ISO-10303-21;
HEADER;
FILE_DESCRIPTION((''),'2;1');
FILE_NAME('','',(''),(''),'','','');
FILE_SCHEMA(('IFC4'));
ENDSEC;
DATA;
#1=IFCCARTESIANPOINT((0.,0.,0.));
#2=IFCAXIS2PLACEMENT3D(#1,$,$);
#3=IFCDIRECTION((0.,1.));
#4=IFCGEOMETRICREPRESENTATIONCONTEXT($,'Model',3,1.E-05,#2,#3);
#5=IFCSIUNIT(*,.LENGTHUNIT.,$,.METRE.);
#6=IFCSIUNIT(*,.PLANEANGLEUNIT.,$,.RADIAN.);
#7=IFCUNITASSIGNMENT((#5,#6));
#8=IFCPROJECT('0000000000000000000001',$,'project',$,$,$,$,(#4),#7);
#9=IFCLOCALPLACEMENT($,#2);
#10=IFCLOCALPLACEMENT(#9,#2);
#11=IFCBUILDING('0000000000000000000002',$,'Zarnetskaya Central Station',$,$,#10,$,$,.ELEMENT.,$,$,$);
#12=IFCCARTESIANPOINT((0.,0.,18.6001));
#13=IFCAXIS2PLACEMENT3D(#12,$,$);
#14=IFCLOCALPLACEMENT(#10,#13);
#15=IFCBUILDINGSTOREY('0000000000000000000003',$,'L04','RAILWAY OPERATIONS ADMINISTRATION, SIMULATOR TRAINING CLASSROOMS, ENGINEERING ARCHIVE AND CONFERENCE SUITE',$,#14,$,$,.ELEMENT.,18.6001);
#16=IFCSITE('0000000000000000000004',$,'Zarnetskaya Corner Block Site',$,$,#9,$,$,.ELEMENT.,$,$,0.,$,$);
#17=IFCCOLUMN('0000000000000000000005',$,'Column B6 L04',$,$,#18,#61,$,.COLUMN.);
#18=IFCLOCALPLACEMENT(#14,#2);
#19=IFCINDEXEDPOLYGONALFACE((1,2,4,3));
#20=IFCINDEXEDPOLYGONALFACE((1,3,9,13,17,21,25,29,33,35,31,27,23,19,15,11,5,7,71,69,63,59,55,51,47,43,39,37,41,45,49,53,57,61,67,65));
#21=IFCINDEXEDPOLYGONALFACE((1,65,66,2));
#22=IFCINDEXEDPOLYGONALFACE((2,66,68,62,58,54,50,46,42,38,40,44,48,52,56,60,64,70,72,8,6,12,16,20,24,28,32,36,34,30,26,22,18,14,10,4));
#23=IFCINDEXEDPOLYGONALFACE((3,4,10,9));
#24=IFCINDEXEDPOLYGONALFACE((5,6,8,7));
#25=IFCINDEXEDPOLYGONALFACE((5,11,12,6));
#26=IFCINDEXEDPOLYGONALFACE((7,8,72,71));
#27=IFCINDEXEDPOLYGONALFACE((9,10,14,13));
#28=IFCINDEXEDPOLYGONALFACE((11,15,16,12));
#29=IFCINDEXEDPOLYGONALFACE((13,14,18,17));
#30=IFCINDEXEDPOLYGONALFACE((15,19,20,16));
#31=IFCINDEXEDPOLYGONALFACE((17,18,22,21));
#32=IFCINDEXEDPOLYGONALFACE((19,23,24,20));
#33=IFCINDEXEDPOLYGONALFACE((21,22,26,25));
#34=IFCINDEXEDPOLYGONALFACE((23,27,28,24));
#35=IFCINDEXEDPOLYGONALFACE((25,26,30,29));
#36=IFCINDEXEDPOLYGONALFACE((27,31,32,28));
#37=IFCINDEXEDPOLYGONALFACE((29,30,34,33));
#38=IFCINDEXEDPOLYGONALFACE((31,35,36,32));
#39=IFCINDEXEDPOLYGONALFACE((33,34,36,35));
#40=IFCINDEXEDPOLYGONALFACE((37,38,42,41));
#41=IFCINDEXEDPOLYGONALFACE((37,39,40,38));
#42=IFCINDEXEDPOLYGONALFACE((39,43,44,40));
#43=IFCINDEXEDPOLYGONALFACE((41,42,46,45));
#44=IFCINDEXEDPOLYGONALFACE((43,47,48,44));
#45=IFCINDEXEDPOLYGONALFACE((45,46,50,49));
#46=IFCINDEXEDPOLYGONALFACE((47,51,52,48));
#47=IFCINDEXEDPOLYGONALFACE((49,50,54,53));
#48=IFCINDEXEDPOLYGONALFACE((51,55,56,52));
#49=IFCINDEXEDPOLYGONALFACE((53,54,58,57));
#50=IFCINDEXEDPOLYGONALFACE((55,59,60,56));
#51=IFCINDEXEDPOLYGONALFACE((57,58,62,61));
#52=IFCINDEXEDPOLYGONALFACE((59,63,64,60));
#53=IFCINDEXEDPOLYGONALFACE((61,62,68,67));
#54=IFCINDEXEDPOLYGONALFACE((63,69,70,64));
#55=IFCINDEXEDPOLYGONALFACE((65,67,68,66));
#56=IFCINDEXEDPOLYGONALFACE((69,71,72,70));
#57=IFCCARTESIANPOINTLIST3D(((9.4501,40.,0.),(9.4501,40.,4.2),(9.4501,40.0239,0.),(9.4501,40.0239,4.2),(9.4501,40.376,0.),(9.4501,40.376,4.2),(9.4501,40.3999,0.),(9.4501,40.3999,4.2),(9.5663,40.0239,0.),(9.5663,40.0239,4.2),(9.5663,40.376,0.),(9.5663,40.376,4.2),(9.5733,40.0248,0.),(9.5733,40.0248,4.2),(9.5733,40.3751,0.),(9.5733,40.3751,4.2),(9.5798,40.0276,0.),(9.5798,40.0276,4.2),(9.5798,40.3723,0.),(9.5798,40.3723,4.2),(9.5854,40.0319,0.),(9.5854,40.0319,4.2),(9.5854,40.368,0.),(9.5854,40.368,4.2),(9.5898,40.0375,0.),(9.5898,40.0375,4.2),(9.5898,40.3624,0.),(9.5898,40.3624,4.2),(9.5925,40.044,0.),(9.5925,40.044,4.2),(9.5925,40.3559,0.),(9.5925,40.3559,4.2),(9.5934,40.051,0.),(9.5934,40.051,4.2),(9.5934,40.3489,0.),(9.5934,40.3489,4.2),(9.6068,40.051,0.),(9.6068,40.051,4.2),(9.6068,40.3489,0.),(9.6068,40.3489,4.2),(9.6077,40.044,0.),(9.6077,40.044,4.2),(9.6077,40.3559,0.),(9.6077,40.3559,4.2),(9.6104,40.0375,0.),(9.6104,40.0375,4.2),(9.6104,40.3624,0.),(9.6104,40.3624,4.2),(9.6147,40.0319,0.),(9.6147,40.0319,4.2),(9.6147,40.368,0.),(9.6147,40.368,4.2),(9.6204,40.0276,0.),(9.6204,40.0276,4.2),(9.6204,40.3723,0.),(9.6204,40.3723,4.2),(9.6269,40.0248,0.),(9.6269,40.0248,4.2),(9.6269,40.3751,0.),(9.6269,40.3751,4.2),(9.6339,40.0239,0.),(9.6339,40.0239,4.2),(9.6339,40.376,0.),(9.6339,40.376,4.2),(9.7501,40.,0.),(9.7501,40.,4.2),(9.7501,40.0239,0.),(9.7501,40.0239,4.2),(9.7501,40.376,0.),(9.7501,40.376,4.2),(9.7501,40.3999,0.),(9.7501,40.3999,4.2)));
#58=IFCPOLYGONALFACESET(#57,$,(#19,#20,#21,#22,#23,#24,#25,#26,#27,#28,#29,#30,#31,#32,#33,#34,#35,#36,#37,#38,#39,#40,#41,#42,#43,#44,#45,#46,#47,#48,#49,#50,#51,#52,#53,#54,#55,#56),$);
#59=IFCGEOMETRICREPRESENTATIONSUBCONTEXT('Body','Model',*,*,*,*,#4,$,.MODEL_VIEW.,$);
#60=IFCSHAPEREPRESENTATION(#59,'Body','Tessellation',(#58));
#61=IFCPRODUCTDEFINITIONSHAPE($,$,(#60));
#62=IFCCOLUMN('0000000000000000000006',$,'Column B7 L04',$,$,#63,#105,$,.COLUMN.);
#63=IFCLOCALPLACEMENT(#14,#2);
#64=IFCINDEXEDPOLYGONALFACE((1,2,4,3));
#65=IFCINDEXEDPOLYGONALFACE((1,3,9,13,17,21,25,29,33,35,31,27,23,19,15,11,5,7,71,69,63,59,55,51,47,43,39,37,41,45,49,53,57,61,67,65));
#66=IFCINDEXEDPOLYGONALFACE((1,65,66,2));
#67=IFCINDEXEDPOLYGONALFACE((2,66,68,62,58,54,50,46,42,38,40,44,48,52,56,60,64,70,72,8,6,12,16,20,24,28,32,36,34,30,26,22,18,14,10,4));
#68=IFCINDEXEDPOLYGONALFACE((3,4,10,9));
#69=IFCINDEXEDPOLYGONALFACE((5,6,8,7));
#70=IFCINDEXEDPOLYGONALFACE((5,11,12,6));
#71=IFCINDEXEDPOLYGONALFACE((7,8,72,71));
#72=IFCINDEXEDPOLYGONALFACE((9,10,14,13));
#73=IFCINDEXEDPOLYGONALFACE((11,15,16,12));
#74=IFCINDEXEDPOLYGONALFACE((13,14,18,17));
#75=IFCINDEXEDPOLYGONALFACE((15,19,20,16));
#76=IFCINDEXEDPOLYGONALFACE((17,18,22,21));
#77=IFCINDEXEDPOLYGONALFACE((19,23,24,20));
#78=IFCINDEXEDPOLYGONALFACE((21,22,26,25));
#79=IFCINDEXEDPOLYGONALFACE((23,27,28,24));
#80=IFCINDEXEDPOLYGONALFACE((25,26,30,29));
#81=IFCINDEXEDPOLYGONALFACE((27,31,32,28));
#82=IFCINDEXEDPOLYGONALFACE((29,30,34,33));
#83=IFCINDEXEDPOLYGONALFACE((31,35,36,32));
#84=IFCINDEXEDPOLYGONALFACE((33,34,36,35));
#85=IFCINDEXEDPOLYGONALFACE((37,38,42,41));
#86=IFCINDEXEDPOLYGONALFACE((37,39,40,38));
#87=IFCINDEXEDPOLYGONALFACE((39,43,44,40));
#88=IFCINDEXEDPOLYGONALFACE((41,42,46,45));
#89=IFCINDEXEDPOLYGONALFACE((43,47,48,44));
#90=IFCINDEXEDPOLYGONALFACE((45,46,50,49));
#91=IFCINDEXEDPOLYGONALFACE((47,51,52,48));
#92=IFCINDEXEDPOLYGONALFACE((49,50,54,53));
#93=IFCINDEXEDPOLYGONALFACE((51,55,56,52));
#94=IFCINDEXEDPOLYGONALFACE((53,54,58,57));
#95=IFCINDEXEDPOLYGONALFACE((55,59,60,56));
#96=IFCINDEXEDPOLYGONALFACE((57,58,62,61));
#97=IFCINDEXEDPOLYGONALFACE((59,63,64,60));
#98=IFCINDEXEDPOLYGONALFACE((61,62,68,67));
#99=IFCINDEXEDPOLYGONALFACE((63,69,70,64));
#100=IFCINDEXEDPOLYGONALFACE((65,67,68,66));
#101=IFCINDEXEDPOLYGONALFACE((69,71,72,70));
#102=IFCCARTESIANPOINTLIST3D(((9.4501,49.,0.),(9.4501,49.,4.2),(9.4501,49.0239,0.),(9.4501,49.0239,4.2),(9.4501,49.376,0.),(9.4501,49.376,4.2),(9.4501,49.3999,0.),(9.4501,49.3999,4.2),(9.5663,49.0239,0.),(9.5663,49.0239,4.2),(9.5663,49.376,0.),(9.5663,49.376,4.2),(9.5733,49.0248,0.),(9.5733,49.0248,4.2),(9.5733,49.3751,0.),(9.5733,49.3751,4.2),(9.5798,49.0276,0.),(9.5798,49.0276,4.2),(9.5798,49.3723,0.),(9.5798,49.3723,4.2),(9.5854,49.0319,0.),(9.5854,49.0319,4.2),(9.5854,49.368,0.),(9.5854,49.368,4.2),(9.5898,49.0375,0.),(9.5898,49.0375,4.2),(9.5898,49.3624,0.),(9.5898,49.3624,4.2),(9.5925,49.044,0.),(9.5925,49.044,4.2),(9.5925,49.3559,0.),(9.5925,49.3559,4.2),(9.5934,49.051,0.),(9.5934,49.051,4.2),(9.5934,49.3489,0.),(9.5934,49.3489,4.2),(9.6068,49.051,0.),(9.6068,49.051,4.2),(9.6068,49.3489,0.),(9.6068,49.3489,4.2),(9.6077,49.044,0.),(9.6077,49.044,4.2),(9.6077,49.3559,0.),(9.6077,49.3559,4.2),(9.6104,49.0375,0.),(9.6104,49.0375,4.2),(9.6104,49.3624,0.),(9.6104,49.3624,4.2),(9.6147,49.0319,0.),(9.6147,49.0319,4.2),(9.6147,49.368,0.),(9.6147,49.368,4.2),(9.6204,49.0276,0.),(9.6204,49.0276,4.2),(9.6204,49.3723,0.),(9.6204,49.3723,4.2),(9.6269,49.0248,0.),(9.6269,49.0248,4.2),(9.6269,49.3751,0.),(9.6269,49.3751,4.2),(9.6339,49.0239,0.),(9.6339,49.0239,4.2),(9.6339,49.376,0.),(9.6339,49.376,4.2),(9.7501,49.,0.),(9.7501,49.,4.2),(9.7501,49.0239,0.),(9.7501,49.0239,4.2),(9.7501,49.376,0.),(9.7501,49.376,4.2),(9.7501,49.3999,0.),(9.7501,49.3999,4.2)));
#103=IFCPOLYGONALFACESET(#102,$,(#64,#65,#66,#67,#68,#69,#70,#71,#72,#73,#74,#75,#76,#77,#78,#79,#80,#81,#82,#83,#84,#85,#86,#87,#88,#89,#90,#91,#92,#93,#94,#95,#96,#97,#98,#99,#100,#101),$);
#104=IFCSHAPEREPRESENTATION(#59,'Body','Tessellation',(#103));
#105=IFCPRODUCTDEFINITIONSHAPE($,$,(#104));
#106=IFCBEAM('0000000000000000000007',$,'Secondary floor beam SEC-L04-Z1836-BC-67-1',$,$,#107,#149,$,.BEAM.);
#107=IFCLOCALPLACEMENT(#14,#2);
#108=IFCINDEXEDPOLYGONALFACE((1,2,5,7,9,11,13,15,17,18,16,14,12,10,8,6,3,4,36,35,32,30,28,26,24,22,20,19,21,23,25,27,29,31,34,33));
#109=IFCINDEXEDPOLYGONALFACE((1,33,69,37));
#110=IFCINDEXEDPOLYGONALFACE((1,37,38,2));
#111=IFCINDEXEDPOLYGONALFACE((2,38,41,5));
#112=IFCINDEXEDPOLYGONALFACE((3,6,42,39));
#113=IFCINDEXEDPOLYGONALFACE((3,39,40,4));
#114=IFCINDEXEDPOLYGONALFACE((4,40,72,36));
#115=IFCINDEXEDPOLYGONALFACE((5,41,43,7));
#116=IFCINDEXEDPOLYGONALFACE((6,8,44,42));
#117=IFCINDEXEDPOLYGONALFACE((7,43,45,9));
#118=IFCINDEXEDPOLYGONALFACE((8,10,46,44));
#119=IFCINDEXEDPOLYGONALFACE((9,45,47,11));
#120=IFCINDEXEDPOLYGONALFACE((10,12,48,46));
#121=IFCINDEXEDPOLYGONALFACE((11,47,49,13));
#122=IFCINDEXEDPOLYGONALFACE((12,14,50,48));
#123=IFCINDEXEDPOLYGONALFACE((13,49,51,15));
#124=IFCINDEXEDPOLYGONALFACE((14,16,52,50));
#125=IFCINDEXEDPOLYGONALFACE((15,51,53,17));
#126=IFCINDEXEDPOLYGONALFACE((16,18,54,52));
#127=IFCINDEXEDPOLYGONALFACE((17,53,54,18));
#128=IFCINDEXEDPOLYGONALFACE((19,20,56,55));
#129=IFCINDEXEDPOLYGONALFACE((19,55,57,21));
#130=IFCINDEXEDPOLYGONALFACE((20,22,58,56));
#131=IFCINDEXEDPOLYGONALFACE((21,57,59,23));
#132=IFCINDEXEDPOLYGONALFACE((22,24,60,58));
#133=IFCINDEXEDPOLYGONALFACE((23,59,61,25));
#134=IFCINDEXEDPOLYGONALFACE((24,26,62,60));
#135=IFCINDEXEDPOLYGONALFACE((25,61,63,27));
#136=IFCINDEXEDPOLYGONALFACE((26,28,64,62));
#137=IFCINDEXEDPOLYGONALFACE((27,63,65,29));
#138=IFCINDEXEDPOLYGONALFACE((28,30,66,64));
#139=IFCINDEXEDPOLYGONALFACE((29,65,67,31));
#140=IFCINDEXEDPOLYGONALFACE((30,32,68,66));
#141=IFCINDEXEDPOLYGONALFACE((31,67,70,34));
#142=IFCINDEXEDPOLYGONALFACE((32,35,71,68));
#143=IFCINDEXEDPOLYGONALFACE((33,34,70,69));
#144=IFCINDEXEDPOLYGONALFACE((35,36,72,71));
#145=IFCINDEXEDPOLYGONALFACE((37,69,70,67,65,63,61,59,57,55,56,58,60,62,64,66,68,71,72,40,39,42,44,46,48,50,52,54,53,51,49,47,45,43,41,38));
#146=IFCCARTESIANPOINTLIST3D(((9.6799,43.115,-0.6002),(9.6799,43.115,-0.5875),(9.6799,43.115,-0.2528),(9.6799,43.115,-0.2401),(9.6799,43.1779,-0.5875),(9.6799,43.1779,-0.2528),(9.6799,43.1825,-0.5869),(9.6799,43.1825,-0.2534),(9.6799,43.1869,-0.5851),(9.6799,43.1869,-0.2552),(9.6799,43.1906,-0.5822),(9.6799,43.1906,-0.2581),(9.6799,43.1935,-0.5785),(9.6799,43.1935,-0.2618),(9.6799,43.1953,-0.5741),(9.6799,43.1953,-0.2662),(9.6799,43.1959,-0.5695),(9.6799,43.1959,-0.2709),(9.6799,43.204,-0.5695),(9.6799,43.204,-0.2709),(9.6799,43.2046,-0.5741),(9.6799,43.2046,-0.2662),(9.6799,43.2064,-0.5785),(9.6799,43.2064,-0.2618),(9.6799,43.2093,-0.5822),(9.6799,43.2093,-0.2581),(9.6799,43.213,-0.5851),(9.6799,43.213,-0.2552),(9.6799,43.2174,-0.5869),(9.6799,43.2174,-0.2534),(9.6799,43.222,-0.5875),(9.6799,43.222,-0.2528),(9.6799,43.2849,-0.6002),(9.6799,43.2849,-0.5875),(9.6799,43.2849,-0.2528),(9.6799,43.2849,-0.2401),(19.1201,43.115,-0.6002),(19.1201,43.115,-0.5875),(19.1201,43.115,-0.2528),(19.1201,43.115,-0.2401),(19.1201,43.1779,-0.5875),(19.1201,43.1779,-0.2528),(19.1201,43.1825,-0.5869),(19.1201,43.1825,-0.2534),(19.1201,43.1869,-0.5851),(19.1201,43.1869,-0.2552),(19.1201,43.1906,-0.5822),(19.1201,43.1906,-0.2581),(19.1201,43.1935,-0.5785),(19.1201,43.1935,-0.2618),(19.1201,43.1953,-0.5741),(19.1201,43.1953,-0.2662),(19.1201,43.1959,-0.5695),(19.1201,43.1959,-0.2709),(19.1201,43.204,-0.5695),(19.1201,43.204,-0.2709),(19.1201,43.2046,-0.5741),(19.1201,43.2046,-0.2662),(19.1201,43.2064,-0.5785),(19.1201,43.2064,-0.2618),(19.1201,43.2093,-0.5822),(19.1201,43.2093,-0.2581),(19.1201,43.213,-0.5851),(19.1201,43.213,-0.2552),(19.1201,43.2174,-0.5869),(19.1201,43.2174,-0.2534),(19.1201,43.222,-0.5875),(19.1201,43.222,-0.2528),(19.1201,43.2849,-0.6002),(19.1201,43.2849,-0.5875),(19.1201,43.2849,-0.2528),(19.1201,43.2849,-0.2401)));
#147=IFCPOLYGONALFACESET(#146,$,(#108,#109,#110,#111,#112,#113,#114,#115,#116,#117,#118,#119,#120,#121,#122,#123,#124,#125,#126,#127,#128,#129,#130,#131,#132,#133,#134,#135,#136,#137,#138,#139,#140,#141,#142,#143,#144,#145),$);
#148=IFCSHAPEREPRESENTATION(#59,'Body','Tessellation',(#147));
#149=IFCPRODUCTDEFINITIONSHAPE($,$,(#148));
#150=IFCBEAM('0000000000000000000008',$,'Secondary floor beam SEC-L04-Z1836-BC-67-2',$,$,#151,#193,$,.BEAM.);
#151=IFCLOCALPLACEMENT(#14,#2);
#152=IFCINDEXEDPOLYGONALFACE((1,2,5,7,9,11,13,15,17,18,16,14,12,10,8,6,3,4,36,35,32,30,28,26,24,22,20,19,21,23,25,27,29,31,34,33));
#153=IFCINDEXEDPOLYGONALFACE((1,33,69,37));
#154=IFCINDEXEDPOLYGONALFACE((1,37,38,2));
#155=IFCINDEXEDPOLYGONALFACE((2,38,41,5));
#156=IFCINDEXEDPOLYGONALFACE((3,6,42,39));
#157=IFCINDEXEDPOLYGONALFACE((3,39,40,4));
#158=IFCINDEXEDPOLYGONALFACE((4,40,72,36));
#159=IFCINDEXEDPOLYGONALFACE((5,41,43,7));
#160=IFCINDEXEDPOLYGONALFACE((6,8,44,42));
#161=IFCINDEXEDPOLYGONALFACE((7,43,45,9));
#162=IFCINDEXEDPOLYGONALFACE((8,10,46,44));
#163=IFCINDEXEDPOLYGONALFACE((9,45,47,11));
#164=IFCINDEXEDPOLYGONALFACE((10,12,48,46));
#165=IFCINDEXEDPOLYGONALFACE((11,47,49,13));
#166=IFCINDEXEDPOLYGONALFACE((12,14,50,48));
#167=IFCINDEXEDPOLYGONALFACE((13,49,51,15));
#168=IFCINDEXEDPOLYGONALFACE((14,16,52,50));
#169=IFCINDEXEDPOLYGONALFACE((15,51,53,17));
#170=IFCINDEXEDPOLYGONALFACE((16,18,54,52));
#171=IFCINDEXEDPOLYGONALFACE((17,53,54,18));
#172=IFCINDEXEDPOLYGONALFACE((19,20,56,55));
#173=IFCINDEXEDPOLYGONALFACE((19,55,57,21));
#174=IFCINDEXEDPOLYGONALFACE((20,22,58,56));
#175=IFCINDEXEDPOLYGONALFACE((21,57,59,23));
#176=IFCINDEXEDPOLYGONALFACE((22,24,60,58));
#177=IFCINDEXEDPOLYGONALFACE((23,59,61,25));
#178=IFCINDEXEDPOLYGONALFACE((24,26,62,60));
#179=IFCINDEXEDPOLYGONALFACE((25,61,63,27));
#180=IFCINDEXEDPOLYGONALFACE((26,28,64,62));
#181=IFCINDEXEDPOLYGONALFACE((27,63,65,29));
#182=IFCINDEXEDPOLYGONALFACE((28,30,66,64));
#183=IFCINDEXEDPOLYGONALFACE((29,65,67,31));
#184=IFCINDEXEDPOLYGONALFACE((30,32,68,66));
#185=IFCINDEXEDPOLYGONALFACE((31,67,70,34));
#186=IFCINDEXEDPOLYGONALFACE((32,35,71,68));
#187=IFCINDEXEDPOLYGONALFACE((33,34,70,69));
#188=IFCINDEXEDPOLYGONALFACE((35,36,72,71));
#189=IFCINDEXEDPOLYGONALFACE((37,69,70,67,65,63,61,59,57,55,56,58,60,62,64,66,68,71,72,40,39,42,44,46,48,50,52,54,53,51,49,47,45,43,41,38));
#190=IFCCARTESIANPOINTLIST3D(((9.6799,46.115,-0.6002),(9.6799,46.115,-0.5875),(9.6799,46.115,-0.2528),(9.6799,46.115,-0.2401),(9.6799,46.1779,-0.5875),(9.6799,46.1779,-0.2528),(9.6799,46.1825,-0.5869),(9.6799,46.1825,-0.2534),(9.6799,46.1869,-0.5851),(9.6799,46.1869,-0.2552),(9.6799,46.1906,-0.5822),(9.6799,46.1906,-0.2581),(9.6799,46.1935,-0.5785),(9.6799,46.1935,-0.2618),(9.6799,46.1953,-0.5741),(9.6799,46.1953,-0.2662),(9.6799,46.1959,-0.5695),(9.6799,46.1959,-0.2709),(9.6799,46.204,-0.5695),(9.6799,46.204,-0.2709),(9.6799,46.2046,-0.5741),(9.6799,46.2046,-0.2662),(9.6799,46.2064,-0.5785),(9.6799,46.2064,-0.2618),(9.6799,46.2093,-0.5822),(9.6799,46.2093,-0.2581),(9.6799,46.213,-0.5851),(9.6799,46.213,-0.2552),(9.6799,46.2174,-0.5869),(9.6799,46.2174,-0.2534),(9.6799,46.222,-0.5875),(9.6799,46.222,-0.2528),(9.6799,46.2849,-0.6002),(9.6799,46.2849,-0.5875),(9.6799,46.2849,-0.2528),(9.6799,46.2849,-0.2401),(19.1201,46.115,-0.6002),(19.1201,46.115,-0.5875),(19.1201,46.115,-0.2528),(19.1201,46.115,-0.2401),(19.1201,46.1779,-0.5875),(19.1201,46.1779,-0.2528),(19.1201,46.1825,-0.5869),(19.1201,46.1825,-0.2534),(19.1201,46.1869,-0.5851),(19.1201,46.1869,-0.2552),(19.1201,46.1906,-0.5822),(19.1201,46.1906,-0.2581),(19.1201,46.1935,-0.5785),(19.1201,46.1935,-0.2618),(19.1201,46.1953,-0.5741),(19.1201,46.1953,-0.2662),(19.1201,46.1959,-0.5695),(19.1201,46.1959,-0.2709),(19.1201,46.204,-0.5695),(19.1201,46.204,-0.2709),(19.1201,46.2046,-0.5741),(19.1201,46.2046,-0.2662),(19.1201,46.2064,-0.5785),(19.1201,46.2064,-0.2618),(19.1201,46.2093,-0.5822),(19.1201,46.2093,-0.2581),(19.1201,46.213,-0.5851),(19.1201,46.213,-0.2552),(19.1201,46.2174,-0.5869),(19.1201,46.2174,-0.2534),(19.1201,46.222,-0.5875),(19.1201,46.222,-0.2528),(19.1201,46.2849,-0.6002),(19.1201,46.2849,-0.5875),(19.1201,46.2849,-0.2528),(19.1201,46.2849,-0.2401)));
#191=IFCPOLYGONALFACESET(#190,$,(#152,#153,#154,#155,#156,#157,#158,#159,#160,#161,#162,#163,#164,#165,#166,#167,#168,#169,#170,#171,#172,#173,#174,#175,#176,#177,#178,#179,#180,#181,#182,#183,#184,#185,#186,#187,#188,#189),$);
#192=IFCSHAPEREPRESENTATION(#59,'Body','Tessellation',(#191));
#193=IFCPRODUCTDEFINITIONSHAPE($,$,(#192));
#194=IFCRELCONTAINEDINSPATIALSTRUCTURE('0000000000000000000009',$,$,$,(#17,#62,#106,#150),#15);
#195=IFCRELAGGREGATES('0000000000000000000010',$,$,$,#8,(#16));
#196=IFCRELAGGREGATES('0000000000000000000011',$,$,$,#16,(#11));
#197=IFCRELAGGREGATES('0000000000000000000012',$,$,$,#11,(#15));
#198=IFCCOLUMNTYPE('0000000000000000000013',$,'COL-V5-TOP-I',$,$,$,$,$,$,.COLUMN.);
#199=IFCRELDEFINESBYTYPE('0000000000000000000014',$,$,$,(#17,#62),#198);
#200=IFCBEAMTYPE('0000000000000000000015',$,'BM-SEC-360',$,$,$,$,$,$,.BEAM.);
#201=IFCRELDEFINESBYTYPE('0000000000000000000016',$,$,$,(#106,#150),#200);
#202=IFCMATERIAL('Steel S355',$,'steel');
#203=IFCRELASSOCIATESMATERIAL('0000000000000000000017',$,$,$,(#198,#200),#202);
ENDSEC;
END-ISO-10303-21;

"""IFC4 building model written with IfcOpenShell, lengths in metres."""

from ifc_helpers import new_model, si_unit, direction, frame, origin, origin_2d, place, context, subcontext, project, spatial, i_section, extrude, material, material_profile, profile_set, type_object, element, save


model = new_model("IFC4")

# Units and contexts
model_context = context("Model", 3, precision=1e-05, world=origin(), true_north=direction((0.0, 1.0)))
body_context = subcontext(model_context, "Body", "Model", "MODEL_VIEW")
ifc_project = project(units=[si_unit("LENGTHUNIT", "METRE"), si_unit("PLANEANGLEUNIT", "RADIAN")], contexts=[model_context])

# Site, building, storey
site_placement = place(None, origin())
site = spatial("IfcSite", under=ifc_project, at=site_placement, Name="Zarnetskaya Corner Block Site", CompositionType="ELEMENT", RefElevation=0.0)
building_placement = place(site_placement, origin())
building = spatial("IfcBuilding", under=site, at=building_placement, Name="Zarnetskaya Central Station", CompositionType="ELEMENT")
storey_placement = place(building_placement, frame((0.0, 0.0, 18.6001)))
storey = spatial("IfcBuildingStorey", under=building, at=storey_placement, Name="L04", Description="RAILWAY OPERATIONS ADMINISTRATION, SIMULATOR TRAINING CLASSROOMS, ENGINEERING ARCHIVE AND CONFERENCE SUITE", CompositionType="ELEMENT", Elevation=18.6001)

# Columns
ifc_material_1 = material(Name="Steel S355", Category="steel")
ifc_material_profile_1 = material_profile(ifc_material_1, i_section(OverallWidth=0.3, OverallDepth=0.3999, WebThickness=0.0134, FlangeThickness=0.0239, FilletRadius=0.0271, at=origin_2d()), Name="HEB 400")
ifc_profile_set_1 = profile_set([ifc_material_profile_1], Name="Steel S355")
column_type = type_object("IfcColumnType", Name="COL-V5-TOP-I", PredefinedType="COLUMN", material=ifc_profile_set_1)
for number, where, z_axis, x_axis, name in (
    (1, (9.6001, 40.2, 0.0), (0.0, 0.0, 1.0), (1.0, 0.0, 0.0), "Column B6 L04"),
    (2, (9.6001, 49.2, 0.0), (0.0, 0.0, 1.0), (1.0, 0.0, 0.0), "Column B7 L04"),
):
    element("IfcColumn", number, at=place(storey_placement, frame(where, z_axis=z_axis, x_axis=x_axis)), inside=storey, type_object=column_type, Name=name, PredefinedType="COLUMN", context=body_context, shape_type="SweptSolid", body=[
        extrude(i_section(OverallWidth=0.3, OverallDepth=0.3999, WebThickness=0.0134, FlangeThickness=0.0239, FilletRadius=0.0271, at=origin_2d()), origin(), (0.0, 0.0, 1.0), 4.2),
    ])

# Beams
ifc_material_profile_2 = material_profile(ifc_material_1, i_section(OverallWidth=0.1699, OverallDepth=0.3601, WebThickness=0.0081, FlangeThickness=0.0127, FilletRadius=0.0181, at=origin_2d()), Name="IPE 360")
ifc_profile_set_2 = profile_set([ifc_material_profile_2], Name="Steel S355")
beam_type_1 = type_object("IfcBeamType", Name="BM-SEC-360", PredefinedType="BEAM", material=ifc_profile_set_2)
for number, where, z_axis, x_axis, name in (
    (3, (9.6799, 43.2, -0.4202), (1.0, 0.0, 0.0), (0.0, 1.0, 0.0), "Secondary floor beam SEC-L04-Z1836-BC-67-1"),
    (4, (9.6799, 46.2, -0.4202), (1.0, 0.0, 0.0), (0.0, 1.0, 0.0), "Secondary floor beam SEC-L04-Z1836-BC-67-2"),
):
    element("IfcBeam", number, at=place(storey_placement, frame(where, z_axis=z_axis, x_axis=x_axis)), inside=storey, type_object=beam_type_1, Name=name, PredefinedType="BEAM", context=body_context, shape_type="SweptSolid", body=[
        extrude(i_section(OverallWidth=0.1699, OverallDepth=0.3601, WebThickness=0.0081, FlangeThickness=0.0127, FilletRadius=0.0181, at=origin_2d()), origin(), (0.0, 0.0, 1.0), 9.4402),
    ])

save(model, "model.ifc")
